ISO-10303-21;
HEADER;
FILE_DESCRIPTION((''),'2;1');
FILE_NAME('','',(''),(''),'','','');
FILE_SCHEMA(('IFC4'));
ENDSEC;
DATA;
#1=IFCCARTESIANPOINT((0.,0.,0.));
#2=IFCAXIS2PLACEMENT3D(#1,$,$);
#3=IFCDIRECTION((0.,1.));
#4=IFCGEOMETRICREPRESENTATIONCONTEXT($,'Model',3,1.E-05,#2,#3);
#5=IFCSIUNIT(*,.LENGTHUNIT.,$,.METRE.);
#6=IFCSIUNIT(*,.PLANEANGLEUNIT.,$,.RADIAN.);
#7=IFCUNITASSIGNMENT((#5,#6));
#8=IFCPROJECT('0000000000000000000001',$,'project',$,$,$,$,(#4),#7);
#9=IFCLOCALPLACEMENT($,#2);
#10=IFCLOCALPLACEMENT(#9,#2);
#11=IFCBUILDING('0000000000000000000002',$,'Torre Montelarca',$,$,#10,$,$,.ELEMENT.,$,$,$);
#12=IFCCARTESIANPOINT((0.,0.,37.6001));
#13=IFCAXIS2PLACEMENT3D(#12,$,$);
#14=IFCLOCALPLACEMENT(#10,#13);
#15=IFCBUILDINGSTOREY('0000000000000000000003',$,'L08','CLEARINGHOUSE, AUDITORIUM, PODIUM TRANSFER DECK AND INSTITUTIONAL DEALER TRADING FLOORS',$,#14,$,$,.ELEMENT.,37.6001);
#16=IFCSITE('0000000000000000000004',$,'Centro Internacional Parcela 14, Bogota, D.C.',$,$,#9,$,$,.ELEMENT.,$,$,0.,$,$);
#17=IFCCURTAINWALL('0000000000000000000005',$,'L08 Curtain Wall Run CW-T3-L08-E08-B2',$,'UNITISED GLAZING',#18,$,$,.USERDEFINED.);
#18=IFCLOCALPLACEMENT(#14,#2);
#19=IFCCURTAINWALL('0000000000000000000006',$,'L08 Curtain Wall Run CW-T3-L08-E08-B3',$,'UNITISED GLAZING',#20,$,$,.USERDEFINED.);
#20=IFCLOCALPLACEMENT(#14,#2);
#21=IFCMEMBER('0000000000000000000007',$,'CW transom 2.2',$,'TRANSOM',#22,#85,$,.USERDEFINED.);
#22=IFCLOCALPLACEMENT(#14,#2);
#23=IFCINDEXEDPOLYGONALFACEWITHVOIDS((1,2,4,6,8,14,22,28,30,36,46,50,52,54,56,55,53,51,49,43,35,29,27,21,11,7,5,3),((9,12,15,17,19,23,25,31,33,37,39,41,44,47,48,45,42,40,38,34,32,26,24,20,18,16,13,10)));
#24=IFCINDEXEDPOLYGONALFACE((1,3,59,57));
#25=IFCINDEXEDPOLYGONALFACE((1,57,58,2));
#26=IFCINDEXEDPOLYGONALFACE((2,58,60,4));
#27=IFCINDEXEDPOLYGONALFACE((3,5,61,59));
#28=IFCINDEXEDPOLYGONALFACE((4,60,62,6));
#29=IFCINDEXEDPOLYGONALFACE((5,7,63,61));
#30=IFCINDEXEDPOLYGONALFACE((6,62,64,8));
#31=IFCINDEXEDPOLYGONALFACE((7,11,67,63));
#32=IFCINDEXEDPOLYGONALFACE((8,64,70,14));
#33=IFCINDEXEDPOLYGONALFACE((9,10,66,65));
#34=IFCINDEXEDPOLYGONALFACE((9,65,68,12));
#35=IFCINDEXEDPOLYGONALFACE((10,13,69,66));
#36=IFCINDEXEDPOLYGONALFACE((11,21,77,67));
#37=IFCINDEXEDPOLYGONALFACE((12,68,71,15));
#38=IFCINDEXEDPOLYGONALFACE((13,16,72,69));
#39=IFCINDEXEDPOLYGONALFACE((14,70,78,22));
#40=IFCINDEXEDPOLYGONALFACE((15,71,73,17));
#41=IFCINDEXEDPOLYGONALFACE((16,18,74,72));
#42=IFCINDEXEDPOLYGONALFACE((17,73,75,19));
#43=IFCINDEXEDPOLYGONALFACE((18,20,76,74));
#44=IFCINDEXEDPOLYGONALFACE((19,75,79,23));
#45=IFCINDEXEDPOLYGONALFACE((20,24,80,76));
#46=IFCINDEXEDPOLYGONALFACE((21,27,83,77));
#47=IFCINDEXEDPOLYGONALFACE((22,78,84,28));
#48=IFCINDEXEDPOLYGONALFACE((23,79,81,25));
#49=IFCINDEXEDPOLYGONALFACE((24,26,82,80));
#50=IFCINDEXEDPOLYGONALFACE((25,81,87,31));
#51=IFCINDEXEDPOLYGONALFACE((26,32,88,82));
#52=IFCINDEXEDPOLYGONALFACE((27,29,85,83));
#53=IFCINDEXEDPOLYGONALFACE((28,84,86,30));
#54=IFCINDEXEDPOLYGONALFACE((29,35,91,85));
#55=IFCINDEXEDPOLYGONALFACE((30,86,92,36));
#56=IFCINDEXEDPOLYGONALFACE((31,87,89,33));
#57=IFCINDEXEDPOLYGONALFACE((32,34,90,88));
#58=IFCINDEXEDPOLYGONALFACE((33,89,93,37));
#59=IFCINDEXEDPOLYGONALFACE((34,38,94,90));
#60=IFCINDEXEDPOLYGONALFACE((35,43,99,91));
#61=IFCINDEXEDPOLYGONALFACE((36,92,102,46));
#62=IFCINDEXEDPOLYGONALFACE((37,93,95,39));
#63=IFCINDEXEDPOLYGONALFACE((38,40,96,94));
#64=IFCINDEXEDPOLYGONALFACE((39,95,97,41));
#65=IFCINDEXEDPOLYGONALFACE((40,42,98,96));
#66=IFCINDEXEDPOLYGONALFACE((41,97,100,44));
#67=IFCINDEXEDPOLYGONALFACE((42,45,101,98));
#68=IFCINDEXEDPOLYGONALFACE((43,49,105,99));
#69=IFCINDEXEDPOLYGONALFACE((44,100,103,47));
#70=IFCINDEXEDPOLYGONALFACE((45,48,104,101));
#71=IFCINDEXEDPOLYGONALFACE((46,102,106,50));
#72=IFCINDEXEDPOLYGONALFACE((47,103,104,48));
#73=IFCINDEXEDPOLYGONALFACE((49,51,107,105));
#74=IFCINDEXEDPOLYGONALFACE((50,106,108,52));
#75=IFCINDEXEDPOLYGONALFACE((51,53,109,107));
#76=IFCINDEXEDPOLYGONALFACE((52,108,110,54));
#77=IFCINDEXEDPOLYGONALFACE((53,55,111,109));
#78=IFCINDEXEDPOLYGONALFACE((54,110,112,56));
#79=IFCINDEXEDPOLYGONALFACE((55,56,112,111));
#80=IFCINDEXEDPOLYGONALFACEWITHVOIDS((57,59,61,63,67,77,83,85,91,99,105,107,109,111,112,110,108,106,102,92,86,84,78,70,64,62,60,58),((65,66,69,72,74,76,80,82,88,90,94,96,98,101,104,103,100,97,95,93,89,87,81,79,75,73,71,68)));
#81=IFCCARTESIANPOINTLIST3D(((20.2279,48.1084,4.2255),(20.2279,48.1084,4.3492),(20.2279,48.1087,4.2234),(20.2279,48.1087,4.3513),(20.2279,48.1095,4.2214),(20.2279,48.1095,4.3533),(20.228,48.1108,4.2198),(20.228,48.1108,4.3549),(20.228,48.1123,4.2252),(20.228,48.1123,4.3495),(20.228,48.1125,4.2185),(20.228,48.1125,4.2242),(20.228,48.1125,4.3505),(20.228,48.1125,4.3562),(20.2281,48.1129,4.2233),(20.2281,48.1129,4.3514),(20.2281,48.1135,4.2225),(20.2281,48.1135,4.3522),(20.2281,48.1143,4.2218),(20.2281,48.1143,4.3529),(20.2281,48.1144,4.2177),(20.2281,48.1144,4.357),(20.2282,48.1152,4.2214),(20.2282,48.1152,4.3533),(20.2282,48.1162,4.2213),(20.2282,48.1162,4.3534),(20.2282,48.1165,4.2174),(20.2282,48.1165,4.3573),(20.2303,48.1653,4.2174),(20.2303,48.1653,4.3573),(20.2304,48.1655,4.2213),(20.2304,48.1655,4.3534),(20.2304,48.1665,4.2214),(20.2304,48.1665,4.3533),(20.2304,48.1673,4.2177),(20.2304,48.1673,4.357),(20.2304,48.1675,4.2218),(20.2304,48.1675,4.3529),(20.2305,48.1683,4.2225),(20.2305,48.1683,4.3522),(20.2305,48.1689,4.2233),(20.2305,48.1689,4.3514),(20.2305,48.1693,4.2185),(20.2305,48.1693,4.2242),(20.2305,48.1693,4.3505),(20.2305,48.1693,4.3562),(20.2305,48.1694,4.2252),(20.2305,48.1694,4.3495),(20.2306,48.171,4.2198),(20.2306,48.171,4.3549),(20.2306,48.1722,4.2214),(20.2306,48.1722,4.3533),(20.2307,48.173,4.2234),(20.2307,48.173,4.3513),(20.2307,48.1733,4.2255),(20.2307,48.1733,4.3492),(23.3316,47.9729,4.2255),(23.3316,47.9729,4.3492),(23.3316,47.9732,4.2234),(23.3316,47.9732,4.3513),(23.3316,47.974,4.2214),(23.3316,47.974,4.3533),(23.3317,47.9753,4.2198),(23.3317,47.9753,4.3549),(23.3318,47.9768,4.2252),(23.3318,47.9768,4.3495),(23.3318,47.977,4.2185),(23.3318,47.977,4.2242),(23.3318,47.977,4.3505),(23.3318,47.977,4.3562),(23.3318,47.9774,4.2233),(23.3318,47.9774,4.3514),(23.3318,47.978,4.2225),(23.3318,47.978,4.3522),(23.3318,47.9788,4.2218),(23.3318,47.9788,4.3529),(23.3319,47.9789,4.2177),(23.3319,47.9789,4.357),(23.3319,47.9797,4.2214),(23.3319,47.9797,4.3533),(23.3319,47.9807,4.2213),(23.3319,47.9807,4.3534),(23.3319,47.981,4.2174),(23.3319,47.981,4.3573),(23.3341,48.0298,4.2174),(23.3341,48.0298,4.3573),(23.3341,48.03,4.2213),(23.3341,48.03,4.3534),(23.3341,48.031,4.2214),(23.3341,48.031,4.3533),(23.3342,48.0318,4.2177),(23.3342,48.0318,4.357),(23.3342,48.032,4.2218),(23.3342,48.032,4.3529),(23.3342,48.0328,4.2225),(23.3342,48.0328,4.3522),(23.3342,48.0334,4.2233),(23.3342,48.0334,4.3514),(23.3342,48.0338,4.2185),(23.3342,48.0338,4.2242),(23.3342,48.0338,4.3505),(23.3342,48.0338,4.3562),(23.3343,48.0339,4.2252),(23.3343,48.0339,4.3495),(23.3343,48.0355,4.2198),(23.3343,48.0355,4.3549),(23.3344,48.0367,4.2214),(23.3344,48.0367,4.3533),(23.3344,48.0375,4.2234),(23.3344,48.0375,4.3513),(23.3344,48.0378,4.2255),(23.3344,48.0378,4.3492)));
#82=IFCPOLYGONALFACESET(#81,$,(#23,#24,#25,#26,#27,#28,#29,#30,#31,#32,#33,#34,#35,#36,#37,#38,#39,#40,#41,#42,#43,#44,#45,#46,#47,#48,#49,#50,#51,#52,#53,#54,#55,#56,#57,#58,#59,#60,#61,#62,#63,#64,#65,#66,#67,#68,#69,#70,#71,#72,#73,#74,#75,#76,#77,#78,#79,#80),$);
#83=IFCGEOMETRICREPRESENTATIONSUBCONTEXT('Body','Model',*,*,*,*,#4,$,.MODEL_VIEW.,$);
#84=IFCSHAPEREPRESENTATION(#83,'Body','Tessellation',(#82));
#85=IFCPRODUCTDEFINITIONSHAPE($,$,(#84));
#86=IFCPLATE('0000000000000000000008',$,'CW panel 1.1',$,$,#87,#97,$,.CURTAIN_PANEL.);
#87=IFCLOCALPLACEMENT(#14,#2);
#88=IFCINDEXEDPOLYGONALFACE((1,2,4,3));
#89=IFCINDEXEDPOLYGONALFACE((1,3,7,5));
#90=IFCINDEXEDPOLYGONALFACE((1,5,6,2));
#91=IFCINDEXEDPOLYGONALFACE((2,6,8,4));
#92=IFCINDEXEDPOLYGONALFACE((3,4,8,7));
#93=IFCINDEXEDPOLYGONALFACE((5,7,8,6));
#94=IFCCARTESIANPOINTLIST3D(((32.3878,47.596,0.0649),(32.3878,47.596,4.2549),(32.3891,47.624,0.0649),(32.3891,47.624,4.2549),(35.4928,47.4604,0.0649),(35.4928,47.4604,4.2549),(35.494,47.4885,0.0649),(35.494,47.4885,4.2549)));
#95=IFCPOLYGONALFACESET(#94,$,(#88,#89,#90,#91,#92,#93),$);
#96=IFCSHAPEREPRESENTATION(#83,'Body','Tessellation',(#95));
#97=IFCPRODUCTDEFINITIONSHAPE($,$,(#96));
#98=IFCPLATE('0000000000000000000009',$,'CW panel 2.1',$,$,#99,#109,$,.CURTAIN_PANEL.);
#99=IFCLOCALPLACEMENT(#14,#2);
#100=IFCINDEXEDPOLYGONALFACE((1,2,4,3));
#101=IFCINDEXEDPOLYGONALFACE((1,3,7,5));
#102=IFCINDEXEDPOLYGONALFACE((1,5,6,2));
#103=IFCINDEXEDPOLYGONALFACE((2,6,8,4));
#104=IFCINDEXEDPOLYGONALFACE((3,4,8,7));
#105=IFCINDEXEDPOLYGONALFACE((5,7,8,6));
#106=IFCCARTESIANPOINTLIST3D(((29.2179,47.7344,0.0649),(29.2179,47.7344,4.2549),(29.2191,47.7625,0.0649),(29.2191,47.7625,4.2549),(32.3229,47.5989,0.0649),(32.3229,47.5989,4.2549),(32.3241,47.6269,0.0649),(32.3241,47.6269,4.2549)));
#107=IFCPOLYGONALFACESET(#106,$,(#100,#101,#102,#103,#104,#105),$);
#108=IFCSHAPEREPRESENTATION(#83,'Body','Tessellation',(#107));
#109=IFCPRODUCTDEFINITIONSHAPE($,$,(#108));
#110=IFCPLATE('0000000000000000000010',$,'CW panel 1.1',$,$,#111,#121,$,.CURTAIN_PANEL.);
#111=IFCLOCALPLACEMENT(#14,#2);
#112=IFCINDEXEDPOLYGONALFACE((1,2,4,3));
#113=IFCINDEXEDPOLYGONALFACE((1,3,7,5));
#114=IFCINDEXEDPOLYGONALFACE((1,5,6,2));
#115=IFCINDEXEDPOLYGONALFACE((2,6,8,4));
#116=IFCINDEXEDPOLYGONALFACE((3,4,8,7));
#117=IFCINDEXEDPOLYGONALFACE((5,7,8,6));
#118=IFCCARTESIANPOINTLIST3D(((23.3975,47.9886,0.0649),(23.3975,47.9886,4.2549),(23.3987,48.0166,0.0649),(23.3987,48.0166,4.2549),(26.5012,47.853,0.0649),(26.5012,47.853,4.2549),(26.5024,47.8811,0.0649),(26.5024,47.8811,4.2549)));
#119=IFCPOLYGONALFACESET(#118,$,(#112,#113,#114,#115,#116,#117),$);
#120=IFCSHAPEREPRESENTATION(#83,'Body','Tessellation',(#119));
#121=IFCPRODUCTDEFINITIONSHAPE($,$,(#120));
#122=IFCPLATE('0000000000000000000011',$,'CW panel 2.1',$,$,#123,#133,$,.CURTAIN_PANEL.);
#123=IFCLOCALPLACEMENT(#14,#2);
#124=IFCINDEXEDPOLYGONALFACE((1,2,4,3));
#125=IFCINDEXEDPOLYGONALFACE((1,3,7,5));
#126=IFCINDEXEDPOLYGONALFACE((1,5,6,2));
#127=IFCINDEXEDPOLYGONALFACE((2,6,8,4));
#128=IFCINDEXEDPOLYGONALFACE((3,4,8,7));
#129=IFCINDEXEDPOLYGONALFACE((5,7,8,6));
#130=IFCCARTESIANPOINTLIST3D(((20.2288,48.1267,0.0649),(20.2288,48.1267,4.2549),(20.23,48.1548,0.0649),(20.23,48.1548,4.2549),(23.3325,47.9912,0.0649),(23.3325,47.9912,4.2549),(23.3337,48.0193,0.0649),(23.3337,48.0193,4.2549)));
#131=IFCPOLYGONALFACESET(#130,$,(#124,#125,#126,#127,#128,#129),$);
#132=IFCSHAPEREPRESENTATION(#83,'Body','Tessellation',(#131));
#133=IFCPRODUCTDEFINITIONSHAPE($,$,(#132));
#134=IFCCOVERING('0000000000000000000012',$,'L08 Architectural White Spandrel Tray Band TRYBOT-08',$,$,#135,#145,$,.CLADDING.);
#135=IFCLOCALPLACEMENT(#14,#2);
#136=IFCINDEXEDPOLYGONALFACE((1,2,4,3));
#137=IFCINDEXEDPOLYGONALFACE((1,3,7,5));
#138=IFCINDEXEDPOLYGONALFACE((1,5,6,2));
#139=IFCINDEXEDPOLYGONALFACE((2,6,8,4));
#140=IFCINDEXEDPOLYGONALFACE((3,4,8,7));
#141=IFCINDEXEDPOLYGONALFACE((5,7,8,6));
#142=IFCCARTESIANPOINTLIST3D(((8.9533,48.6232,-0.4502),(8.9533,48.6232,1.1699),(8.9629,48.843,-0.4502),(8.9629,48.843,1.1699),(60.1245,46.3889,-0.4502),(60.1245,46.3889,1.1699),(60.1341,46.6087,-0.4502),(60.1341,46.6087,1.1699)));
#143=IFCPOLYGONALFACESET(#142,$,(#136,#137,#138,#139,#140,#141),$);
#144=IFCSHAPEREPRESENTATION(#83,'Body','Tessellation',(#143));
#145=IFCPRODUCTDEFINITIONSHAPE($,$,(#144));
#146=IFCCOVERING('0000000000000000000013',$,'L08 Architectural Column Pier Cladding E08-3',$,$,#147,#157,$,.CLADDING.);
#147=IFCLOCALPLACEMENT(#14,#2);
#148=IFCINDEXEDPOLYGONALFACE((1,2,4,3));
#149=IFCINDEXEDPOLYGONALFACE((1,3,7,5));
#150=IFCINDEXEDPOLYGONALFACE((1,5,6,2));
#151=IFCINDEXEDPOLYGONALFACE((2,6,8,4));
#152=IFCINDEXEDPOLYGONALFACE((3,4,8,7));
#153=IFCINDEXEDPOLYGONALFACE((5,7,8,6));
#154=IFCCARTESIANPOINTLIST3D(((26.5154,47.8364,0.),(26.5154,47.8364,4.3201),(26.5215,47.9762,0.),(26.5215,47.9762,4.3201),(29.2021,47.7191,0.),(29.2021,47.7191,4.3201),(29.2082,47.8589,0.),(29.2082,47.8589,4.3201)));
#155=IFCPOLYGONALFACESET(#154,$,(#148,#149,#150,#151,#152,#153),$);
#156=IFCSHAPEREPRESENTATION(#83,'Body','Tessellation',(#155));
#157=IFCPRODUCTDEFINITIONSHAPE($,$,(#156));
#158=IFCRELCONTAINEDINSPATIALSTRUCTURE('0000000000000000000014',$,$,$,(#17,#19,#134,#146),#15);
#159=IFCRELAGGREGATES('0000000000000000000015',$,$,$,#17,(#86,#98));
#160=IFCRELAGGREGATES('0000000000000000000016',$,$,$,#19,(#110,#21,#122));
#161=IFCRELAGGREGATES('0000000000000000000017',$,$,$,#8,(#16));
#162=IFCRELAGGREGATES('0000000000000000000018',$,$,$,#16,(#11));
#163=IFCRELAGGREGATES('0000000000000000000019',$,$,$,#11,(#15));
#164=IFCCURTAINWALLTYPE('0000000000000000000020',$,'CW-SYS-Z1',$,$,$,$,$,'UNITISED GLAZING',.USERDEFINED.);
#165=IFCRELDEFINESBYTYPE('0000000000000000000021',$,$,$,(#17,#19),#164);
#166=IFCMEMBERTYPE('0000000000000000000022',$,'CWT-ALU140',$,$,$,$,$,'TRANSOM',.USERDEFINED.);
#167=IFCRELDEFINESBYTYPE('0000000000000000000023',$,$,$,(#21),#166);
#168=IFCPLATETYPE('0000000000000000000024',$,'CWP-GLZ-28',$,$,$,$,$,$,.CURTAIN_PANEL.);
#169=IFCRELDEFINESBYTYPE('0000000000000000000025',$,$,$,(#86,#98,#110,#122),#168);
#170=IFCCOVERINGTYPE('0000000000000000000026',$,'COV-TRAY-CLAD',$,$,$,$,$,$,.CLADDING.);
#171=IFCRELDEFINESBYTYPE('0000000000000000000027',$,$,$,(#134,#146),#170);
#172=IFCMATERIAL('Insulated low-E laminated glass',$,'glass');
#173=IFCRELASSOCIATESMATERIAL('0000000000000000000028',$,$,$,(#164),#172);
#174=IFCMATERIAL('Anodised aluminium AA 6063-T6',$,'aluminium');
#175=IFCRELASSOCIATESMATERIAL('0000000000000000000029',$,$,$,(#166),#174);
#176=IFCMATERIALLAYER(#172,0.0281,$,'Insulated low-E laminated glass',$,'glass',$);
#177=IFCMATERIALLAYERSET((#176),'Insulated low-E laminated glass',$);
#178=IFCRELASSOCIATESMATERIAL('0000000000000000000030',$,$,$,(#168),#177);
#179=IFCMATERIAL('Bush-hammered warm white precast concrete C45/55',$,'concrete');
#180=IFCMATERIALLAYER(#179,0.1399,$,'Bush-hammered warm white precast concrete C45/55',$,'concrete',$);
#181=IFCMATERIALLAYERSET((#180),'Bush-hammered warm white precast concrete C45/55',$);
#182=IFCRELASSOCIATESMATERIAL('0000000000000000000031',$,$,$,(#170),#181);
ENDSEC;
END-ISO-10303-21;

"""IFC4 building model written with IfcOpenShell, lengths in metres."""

from ifc_helpers import new_model, si_unit, direction, frame, origin, origin_2d, place, context, subcontext, project, spatial, rectangle, hollow_rectangle, extrude, source, transform, mapped, material, layer, layer_set, material_profile, profile_set, type_object, element, aggregate, save


model = new_model("IFC4")

# Units and contexts
model_context = context("Model", 3, precision=1e-05, world=origin(), true_north=direction((0.0, 1.0)))
body_context = subcontext(model_context, "Body", "Model", "MODEL_VIEW")
ifc_project = project(units=[si_unit("LENGTHUNIT", "METRE"), si_unit("PLANEANGLEUNIT", "RADIAN")], contexts=[model_context])

# Site, building, storey
site_placement = place(None, origin())
site = spatial("IfcSite", under=ifc_project, at=site_placement, Name="Centro Internacional Parcela 14, Bogota, D.C.", CompositionType="ELEMENT", RefElevation=0.0)
building_placement = place(site_placement, origin())
building = spatial("IfcBuilding", under=site, at=building_placement, Name="Torre Montelarca", CompositionType="ELEMENT")
storey_placement = place(building_placement, frame((0.0, 0.0, 37.6001)))
storey = spatial("IfcBuildingStorey", under=building, at=storey_placement, Name="L08", Description="CLEARINGHOUSE, AUDITORIUM, PODIUM TRANSFER DECK AND INSTITUTIONAL DEALER TRADING FLOORS", CompositionType="ELEMENT", Elevation=37.6001)

# Curtain walls
ifc_material_1 = material(Name="Insulated low-E laminated glass", Category="glass")
curtain_wall_type = type_object("IfcCurtainWallType", Name="CW-SYS-Z1", ElementType="UNITISED GLAZING", PredefinedType="USERDEFINED", material=ifc_material_1)
curtain_wall_1_placement = place(storey_placement, origin())
curtain_wall_1 = element("IfcCurtainWall", 1, at=curtain_wall_1_placement, inside=storey, type_object=curtain_wall_type, Name="L08 Curtain Wall Run CW-T3-L08-E08-B2", ObjectType="UNITISED GLAZING", PredefinedType="USERDEFINED")
ifc_material_2 = material(Name="Anodised aluminium AA 6063-T6", Category="aluminium")
curtain_wall_2_placement = place(storey_placement, origin())
curtain_wall_2 = element("IfcCurtainWall", 2, at=curtain_wall_2_placement, inside=storey, type_object=curtain_wall_type, Name="L08 Curtain Wall Run CW-T3-L08-E08-B3", ObjectType="UNITISED GLAZING", PredefinedType="USERDEFINED")

# Member
ifc_material_profile_1 = material_profile(ifc_material_2, hollow_rectangle(XDim=0.0649, YDim=0.1399, WallThickness=0.0039, InnerFilletRadius=0.0039, OuterFilletRadius=0.0081, at=origin_2d()), Name="ALU65X140X4", Category="aluminium")
ifc_profile_set_1 = profile_set([ifc_material_profile_1], Name="Anodised aluminium AA 6063-T6")
member_type_1 = type_object("IfcMemberType", Name="CWT-ALU140", ElementType="TRANSOM", PredefinedType="USERDEFINED", material=ifc_profile_set_1)
shared_shape_1 = source(origin(), body_context, "Body", "SweptSolid", [
    extrude(hollow_rectangle(XDim=0.0649, YDim=0.1399, WallThickness=0.0039, InnerFilletRadius=0.0039, OuterFilletRadius=0.0081, at=origin_2d()), origin(), (0.0, 0.0, 1.0), 3.1067),
])
member_1_placement = place(storey_placement, frame((23.333, 48.0054, 4.2874), z_axis=(-0.999048, 0.043615, 0.0), x_axis=(-0.043615, -0.999048, 0.0)))
member_1 = element("IfcMember", 3, at=member_1_placement, type_object=member_type_1, Name="CW transom 2.2", ObjectType="TRANSOM", PredefinedType="USERDEFINED", context=body_context, shape_type="MappedRepresentation", body=[
    mapped(shared_shape_1, transform((0.0, 0.0, 0.0), scale=1.0)),
])

# Plates
ifc_layer_1 = layer(ifc_material_1, 0.0281, Name="Insulated low-E laminated glass", Category="glass")
ifc_layer_set_1 = layer_set([ifc_layer_1], Name="Insulated low-E laminated glass")
plate_type = type_object("IfcPlateType", Name="CWP-GLZ-28", PredefinedType="CURTAIN_PANEL", material=ifc_layer_set_1)
shared_shape_2 = source(origin(), body_context, "Body", "SweptSolid", [
    extrude(rectangle(XDim=3.1079, YDim=0.0281, at=origin_2d()), origin(), (0.0, 0.0, 1.0), 4.1899),
])
plate_1_placement = place(storey_placement, frame((33.9409, 47.5422, 0.0649), z_axis=(0.0, 0.0, 1.0), x_axis=(-0.999048, 0.043615, 0.0)))
plate_1 = element("IfcPlate", 4, at=plate_1_placement, type_object=plate_type, Name="CW panel 1.1", PredefinedType="CURTAIN_PANEL", context=body_context, shape_type="MappedRepresentation", body=[
    mapped(shared_shape_2, transform((0.0, 0.0, 0.0), scale=1.0)),
])
plate_2_placement = place(storey_placement, frame((30.771, 47.6807, 0.0649), z_axis=(0.0, 0.0, 1.0), x_axis=(-0.999048, 0.043615, 0.0)))
plate_2 = element("IfcPlate", 5, at=plate_2_placement, type_object=plate_type, Name="CW panel 2.1", PredefinedType="CURTAIN_PANEL", context=body_context, shape_type="MappedRepresentation", body=[
    mapped(shared_shape_2, transform((0.0, 0.0, 0.0), scale=1.0)),
])
aggregate(curtain_wall_1, [plate_1, plate_2])
shared_shape_3 = source(origin(), body_context, "Body", "SweptSolid", [
    extrude(rectangle(XDim=3.1067, YDim=0.0281, at=origin_2d()), origin(), (0.0, 0.0, 1.0), 4.1899),
])
plate_3_placement = place(storey_placement, frame((24.95, 47.9348, 0.0649), z_axis=(0.0, 0.0, 1.0), x_axis=(-0.999048, 0.043629, 0.0)))
plate_3 = element("IfcPlate", 6, at=plate_3_placement, type_object=plate_type, Name="CW panel 1.1", PredefinedType="CURTAIN_PANEL", context=body_context, shape_type="MappedRepresentation", body=[
    mapped(shared_shape_3, transform((0.0, 0.0, 0.0), scale=1.0)),
])
plate_4_placement = place(storey_placement, frame((21.7812, 48.073, 0.0649), z_axis=(0.0, 0.0, 1.0), x_axis=(-0.999048, 0.043629, 0.0)))
plate_4 = element("IfcPlate", 7, at=plate_4_placement, type_object=plate_type, Name="CW panel 2.1", PredefinedType="CURTAIN_PANEL", context=body_context, shape_type="MappedRepresentation", body=[
    mapped(shared_shape_3, transform((0.0, 0.0, 0.0), scale=1.0)),
])
aggregate(curtain_wall_2, [plate_3, member_1, plate_4])

# Coverings
ifc_material_3 = material(Name="Bush-hammered warm white precast concrete C45/55", Category="concrete")
ifc_layer_2 = layer(ifc_material_3, 0.1399, Name="Bush-hammered warm white precast concrete C45/55", Category="concrete")
ifc_layer_set_2 = layer_set([ifc_layer_2], Name="Bush-hammered warm white precast concrete C45/55")
covering_type = type_object("IfcCoveringType", Name="COV-TRAY-CLAD", PredefinedType="CLADDING", material=ifc_layer_set_2)
shared_shape_4 = source(origin(), body_context, "Body", "SweptSolid", [
    extrude(rectangle(XDim=51.22, YDim=0.22, at=origin_2d()), origin(), (0.0, 0.0, 1.0), 1.6201),
])
covering_1_placement = place(storey_placement, frame((34.5437, 47.616, -0.4502), z_axis=(0.0, 0.0, 1.0), x_axis=(-0.999048, 0.043621, 0.0)))
element("IfcCovering", 8, at=covering_1_placement, inside=storey, type_object=covering_type, Name="L08 Architectural White Spandrel Tray Band TRYBOT-08", PredefinedType="CLADDING", context=body_context, shape_type="MappedRepresentation", body=[
    mapped(shared_shape_4, transform((0.0, 0.0, 0.0), scale=1.0)),
])
shared_shape_5 = source(origin(), body_context, "Body", "SweptSolid", [
    extrude(rectangle(XDim=2.6892, YDim=0.1399, at=origin_2d()), origin(), (0.0, 0.0, 1.0), 4.3201),
])
covering_2_placement = place(storey_placement, frame((27.8618, 47.8477, 0.0), z_axis=(0.0, 0.0, 1.0), x_axis=(-0.999048, 0.043621, 0.0)))
element("IfcCovering", 9, at=covering_2_placement, inside=storey, type_object=covering_type, Name="L08 Architectural Column Pier Cladding E08-3", PredefinedType="CLADDING", context=body_context, shape_type="MappedRepresentation", body=[
    mapped(shared_shape_5, transform((0.0, 0.0, 0.0), scale=1.0)),
])

save(model, "model.ifc")
